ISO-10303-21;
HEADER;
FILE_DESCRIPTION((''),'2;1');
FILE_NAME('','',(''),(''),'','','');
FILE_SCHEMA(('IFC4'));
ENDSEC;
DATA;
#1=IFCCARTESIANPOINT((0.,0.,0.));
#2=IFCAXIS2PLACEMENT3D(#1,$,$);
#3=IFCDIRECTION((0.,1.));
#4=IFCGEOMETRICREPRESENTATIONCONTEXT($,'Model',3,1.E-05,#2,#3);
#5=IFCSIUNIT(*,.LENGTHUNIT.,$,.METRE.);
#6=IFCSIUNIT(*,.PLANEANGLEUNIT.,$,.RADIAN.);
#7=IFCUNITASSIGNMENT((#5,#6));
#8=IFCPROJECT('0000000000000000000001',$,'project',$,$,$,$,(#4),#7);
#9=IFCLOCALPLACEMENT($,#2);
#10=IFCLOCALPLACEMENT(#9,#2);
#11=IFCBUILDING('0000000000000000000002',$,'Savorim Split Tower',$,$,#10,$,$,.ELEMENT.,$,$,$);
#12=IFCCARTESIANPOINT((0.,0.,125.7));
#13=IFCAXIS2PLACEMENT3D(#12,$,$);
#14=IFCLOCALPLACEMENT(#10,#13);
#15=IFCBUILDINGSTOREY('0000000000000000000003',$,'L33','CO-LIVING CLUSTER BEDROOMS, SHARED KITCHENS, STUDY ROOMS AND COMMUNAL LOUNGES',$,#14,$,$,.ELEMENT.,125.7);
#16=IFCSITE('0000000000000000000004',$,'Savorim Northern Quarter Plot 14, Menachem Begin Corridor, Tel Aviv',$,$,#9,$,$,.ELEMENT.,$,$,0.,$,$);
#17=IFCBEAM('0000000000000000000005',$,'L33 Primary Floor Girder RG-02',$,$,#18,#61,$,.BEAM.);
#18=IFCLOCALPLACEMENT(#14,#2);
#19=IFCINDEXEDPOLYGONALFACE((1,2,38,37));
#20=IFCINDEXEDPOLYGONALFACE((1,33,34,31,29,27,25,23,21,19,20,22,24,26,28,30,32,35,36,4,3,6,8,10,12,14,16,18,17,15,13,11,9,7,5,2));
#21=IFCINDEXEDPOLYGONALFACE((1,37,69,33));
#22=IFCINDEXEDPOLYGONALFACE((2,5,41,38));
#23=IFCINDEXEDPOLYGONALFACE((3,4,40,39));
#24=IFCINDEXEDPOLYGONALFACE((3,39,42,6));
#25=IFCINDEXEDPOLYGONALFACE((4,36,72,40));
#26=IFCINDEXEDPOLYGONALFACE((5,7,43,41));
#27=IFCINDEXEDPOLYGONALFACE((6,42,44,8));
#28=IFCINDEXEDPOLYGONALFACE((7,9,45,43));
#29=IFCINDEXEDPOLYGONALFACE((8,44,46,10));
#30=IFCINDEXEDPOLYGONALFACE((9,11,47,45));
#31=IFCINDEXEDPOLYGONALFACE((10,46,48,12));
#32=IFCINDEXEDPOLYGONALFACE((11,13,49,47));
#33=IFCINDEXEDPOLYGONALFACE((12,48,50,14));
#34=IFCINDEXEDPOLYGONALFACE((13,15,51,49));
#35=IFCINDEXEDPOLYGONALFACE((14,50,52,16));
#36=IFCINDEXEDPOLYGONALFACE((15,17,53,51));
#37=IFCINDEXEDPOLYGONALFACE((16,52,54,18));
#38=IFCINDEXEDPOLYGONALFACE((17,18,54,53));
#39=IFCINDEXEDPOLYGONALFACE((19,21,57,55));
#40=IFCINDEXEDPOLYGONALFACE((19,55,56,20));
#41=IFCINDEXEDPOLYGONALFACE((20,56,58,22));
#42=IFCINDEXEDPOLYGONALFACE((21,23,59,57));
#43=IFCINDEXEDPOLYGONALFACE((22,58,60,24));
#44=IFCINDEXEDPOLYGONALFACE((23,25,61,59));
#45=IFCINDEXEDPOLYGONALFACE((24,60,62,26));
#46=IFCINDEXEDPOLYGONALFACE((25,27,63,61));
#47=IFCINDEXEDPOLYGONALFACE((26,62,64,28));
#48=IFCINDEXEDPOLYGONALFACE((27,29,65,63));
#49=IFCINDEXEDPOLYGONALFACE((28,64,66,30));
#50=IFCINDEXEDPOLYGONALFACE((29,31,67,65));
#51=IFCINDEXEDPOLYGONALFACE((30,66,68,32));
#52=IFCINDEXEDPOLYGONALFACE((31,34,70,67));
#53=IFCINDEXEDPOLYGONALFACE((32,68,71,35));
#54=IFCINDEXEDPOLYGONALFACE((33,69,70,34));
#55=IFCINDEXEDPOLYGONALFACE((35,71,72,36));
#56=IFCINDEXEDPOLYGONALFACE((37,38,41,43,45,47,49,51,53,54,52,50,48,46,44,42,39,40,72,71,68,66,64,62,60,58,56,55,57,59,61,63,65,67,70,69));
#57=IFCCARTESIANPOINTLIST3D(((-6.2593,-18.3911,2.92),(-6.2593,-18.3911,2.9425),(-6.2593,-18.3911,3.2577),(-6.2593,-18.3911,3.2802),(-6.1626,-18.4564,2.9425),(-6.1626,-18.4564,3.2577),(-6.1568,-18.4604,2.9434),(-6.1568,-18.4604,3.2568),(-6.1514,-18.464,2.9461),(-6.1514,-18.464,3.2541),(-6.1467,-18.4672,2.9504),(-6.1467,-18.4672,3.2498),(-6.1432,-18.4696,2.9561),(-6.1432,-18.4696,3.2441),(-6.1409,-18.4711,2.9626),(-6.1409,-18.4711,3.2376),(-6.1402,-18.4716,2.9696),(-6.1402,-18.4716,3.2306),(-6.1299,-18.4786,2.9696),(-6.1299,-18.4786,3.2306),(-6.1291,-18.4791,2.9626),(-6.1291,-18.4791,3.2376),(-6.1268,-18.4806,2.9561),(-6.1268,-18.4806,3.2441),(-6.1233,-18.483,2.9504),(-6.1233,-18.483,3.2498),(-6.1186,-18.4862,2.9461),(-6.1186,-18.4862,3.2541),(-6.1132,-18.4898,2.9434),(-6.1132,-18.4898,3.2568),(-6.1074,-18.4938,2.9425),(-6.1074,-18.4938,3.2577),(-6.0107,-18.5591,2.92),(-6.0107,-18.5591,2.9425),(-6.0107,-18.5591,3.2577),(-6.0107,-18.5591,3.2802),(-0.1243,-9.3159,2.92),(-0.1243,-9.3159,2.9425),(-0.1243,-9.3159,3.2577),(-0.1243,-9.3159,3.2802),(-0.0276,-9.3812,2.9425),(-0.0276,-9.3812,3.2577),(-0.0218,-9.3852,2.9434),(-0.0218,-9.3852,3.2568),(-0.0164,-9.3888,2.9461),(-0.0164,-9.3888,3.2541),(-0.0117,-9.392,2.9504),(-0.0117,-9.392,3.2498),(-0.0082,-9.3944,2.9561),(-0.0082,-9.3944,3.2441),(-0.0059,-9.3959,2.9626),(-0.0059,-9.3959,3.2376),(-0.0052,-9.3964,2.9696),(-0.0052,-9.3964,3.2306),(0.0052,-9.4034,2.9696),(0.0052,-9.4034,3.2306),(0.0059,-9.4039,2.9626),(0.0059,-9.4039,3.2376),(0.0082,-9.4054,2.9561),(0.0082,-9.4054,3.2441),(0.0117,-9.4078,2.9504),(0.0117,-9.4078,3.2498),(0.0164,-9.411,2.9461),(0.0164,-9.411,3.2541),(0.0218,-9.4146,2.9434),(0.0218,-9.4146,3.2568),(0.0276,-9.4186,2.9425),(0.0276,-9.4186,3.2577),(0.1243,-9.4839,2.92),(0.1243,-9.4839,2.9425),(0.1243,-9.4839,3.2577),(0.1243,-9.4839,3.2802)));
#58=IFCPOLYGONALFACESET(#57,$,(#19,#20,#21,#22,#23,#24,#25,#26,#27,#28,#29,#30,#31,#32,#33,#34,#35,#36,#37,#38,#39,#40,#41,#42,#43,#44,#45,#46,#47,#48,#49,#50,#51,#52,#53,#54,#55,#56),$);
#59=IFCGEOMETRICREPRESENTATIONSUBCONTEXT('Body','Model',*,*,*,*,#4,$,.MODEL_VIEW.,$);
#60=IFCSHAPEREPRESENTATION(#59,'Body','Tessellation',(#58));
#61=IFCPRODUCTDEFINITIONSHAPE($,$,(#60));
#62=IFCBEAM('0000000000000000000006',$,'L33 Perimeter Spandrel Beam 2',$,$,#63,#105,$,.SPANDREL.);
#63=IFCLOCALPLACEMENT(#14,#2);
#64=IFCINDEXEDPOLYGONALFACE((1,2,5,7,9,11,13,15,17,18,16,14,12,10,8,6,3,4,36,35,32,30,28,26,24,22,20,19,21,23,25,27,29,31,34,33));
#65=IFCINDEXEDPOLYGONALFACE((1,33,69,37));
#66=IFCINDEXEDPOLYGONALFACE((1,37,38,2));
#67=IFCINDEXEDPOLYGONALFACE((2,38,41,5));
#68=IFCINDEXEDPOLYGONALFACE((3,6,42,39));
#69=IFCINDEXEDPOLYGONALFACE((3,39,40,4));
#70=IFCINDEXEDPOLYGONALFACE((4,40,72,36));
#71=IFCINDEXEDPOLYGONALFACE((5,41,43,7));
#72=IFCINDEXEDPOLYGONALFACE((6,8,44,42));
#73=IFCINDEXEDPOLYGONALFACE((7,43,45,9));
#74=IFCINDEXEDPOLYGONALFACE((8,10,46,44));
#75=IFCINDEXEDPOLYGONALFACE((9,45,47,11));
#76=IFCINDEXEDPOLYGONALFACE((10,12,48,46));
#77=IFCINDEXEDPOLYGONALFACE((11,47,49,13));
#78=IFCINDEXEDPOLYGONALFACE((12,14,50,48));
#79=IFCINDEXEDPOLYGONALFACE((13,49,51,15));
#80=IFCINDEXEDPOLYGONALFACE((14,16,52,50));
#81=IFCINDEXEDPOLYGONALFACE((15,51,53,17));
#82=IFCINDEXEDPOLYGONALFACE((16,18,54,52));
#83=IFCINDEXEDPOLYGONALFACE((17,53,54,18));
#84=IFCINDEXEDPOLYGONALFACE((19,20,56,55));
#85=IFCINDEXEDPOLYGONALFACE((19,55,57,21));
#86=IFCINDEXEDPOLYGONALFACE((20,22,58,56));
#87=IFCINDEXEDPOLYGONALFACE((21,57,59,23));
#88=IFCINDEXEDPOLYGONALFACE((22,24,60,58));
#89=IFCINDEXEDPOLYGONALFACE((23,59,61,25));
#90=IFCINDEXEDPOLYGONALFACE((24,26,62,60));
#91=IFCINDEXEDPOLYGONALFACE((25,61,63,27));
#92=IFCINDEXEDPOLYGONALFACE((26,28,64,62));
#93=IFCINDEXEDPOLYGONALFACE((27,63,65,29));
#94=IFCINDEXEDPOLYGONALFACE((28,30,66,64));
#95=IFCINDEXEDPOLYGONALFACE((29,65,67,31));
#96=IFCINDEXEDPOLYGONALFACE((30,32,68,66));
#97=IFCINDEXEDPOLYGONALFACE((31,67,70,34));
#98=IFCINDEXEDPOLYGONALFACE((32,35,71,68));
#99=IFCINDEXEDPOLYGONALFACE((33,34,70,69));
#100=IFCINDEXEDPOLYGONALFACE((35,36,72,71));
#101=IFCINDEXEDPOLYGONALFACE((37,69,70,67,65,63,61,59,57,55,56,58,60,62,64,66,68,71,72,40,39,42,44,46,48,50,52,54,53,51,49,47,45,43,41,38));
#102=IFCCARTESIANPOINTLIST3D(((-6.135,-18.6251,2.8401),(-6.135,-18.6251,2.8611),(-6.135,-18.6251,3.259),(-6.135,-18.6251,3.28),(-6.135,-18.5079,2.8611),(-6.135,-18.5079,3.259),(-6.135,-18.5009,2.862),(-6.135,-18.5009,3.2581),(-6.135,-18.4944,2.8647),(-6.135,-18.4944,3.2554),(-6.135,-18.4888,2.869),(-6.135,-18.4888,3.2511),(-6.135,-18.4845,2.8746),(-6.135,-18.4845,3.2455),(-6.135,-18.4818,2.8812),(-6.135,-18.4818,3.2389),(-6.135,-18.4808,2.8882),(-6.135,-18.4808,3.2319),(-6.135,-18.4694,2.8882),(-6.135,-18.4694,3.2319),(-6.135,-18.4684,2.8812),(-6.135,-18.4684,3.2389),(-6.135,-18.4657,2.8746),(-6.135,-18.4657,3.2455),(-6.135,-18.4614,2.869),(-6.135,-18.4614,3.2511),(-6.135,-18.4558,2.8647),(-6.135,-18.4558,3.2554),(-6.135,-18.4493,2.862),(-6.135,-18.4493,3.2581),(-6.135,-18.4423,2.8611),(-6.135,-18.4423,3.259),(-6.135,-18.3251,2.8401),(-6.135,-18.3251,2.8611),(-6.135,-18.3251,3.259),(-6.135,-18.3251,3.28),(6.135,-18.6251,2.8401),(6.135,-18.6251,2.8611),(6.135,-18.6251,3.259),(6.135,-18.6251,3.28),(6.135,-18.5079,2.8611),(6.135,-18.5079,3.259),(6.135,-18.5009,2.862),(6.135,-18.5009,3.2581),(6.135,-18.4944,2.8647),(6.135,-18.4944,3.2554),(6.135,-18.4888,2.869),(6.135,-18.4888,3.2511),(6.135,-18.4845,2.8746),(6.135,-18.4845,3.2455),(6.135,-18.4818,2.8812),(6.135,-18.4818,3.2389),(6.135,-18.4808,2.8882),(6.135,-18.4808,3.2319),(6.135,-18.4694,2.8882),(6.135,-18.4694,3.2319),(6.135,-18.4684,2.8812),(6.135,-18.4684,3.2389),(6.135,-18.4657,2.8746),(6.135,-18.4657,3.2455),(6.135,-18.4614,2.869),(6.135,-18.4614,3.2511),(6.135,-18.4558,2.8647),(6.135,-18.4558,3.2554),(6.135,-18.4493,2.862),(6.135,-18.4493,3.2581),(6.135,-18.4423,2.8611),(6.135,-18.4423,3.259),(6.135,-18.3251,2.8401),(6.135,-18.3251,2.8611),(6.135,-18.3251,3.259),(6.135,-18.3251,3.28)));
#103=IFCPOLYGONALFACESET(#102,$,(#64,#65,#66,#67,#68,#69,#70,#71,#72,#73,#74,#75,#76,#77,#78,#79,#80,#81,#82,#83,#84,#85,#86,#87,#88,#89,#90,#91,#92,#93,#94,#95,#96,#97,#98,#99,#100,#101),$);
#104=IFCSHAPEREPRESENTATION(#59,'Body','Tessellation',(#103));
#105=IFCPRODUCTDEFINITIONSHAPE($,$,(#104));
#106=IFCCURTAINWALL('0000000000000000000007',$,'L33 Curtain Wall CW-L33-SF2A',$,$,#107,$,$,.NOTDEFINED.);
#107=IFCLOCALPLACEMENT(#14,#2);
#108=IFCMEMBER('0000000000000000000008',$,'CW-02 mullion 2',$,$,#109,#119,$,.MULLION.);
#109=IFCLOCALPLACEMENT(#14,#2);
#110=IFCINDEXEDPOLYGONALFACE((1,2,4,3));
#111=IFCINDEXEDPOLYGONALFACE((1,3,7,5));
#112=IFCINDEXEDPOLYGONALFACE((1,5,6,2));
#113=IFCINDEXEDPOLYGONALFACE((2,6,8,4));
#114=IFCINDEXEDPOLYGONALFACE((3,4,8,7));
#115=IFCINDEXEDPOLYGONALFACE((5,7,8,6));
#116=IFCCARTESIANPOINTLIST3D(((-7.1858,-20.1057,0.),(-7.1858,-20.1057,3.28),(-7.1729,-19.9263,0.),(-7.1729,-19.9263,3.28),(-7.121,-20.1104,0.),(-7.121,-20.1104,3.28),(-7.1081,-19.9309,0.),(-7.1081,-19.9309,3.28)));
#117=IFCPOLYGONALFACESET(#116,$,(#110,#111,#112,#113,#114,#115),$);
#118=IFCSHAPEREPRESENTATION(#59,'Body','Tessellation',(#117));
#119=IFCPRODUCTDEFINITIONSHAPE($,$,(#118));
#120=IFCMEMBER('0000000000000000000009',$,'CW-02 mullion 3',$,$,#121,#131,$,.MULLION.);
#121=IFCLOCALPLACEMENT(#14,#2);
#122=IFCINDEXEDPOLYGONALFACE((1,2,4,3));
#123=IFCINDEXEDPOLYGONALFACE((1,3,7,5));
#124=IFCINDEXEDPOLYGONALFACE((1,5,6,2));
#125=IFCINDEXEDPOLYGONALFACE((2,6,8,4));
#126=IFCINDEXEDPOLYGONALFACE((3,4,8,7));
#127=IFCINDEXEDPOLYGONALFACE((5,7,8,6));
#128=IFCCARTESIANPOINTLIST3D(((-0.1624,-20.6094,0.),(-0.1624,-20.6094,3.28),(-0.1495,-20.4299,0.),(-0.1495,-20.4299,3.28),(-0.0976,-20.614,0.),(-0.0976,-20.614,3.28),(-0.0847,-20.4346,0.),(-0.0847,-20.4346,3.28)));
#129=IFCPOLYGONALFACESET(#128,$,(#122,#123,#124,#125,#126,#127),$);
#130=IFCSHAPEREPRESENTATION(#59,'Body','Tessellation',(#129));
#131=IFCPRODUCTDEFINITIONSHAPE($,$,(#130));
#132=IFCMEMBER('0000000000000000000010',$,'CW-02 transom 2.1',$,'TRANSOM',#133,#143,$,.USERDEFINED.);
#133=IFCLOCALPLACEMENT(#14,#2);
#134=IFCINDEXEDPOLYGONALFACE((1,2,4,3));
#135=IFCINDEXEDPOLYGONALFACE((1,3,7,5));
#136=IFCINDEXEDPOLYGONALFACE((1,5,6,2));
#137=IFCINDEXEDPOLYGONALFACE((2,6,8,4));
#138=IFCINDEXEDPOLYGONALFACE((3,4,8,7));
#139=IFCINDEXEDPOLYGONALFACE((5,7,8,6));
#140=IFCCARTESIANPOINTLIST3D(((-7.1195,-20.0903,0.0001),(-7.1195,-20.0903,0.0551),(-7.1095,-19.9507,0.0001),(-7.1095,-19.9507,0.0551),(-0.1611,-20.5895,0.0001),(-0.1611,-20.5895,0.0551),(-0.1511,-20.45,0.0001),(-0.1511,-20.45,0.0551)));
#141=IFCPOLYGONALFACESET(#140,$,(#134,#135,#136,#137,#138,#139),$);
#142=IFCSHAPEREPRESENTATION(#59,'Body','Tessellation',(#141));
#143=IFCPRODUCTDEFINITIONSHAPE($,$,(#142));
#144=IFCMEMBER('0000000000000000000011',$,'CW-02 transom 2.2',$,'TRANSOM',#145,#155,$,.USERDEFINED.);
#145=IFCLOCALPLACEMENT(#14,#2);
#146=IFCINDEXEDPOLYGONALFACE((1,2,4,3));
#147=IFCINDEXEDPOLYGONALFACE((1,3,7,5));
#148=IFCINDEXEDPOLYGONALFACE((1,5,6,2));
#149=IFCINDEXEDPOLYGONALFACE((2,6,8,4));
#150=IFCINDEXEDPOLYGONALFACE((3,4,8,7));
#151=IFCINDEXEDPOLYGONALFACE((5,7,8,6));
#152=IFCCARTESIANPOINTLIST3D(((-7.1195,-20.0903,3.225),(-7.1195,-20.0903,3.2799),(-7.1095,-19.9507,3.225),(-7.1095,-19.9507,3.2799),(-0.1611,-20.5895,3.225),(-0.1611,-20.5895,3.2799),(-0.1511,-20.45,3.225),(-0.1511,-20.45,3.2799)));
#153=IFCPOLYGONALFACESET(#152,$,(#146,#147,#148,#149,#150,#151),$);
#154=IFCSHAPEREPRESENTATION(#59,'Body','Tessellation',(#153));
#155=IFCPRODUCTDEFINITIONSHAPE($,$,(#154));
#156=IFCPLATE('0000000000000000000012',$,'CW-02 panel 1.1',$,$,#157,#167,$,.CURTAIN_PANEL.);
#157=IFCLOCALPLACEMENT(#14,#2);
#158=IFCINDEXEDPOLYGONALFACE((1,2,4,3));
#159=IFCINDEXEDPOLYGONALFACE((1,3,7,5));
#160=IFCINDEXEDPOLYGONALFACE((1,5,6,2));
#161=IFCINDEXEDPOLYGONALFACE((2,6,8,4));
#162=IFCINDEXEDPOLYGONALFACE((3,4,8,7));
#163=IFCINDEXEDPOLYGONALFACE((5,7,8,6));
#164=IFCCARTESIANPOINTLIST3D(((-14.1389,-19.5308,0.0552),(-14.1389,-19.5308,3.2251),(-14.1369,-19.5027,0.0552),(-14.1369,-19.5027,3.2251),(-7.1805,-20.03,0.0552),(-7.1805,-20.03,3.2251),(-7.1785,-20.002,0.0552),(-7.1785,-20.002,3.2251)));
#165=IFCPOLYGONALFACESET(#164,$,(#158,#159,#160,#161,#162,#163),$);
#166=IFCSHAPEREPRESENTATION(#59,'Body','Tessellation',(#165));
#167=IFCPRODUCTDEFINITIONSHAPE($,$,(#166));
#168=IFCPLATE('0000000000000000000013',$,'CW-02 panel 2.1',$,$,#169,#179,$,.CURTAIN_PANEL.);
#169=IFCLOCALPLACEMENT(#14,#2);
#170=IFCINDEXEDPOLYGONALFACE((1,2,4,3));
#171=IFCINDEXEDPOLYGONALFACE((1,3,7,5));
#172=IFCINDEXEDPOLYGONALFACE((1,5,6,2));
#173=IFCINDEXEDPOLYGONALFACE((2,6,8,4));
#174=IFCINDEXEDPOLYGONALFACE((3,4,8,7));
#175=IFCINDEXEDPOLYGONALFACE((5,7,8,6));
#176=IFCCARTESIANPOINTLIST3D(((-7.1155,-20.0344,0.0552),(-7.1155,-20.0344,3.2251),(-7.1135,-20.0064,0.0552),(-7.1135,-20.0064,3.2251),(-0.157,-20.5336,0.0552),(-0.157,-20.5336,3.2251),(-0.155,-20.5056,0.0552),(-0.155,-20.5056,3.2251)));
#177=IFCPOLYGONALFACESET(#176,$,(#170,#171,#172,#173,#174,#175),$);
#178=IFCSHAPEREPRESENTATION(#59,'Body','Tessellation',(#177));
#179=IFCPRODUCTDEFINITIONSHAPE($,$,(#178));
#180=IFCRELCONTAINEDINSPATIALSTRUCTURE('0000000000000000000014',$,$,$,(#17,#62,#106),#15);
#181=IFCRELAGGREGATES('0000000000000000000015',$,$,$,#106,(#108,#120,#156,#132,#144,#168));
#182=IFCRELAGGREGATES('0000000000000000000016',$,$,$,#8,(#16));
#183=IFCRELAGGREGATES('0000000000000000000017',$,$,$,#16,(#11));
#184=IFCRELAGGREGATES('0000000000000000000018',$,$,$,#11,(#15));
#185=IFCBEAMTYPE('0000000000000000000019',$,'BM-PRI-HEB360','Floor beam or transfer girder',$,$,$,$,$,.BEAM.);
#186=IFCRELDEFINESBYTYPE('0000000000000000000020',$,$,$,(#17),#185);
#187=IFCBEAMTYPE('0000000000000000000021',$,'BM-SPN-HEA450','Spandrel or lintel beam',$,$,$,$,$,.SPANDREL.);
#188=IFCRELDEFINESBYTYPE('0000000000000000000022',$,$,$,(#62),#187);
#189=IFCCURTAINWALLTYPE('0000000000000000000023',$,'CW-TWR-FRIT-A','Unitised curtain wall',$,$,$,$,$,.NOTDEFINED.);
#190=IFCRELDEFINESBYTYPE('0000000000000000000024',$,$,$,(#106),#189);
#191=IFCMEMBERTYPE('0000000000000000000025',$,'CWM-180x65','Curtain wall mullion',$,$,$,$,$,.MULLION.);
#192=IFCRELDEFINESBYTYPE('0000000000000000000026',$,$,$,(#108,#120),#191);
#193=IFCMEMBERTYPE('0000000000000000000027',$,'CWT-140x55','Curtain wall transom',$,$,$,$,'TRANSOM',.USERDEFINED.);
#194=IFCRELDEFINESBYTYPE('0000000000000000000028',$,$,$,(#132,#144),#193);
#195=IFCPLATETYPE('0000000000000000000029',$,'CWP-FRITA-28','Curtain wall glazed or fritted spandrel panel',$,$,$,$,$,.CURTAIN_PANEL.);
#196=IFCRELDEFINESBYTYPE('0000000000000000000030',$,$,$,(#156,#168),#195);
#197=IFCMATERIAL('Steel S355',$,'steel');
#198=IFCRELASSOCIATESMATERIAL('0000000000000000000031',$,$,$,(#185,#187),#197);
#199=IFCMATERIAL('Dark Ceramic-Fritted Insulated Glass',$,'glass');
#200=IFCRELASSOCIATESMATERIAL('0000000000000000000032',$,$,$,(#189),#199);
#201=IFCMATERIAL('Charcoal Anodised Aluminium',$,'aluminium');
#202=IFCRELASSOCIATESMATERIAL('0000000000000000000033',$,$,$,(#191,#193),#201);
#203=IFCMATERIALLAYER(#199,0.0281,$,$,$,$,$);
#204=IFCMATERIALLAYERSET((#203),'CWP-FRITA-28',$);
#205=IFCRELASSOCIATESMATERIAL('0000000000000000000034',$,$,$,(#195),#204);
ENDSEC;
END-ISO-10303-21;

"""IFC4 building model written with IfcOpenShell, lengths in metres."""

from ifc_helpers import new_model, si_unit, direction, frame, origin, origin_2d, place, context, subcontext, project, spatial, rectangle, i_section, extrude, material, layer, layer_set, material_profile, profile_set, type_object, element, aggregate, save


model = new_model("IFC4")

# Units and contexts
model_context = context("Model", 3, precision=1e-05, world=origin(), true_north=direction((0.0, 1.0)))
body_context = subcontext(model_context, "Body", "Model", "MODEL_VIEW")
ifc_project = project(units=[si_unit("LENGTHUNIT", "METRE"), si_unit("PLANEANGLEUNIT", "RADIAN")], contexts=[model_context])

# Site, building, storey
site_placement = place(None, origin())
site = spatial("IfcSite", under=ifc_project, at=site_placement, Name="Savorim Northern Quarter Plot 14, Menachem Begin Corridor, Tel Aviv", CompositionType="ELEMENT", RefElevation=0.0)
building_placement = place(site_placement, origin())
building = spatial("IfcBuilding", under=site, at=building_placement, Name="Savorim Split Tower", CompositionType="ELEMENT")
storey_placement = place(building_placement, frame((0.0, 0.0, 125.7)))
storey = spatial("IfcBuildingStorey", under=building, at=storey_placement, Name="L33", Description="CO-LIVING CLUSTER BEDROOMS, SHARED KITCHENS, STUDY ROOMS AND COMMUNAL LOUNGES", CompositionType="ELEMENT", Elevation=125.7)

# Beams
ifc_material_1 = material(Name="Steel S355", Category="steel")
ifc_material_profile_1 = material_profile(ifc_material_1, i_section(OverallWidth=0.3, OverallDepth=0.3601, WebThickness=0.0125, FlangeThickness=0.0225, FilletRadius=0.0271, at=origin_2d()), Name="HEB 360")
ifc_profile_set_1 = profile_set([ifc_material_profile_1], Name="Steel S355")
beam_type_1 = type_object("IfcBeamType", Name="BM-PRI-HEB360", Description="Floor beam or transfer girder", PredefinedType="BEAM", material=ifc_profile_set_1)
beam_1_placement = place(storey_placement, frame((-6.135, -18.4751, 3.1001), z_axis=(0.560053, 0.828457, 0.0), x_axis=(-0.828457, 0.560053, 0.0)))
element("IfcBeam", 1, at=beam_1_placement, inside=storey, type_object=beam_type_1, Name="L33 Primary Floor Girder RG-02", PredefinedType="BEAM", context=body_context, shape_type="SweptSolid", body=[
    extrude(i_section(OverallWidth=0.3, OverallDepth=0.3601, WebThickness=0.0125, FlangeThickness=0.0225, FilletRadius=0.0271, at=origin_2d()), origin(), (0.0, 0.0, 1.0), 10.9543),
])
ifc_material_profile_2 = material_profile(ifc_material_1, i_section(OverallWidth=0.3, OverallDepth=0.4399, WebThickness=0.0115, FlangeThickness=0.021, FilletRadius=0.0271, at=origin_2d()), Name="HEA 450")
ifc_profile_set_2 = profile_set([ifc_material_profile_2], Name="Steel S355")
beam_type_2 = type_object("IfcBeamType", Name="BM-SPN-HEA450", Description="Spandrel or lintel beam", PredefinedType="SPANDREL", material=ifc_profile_set_2)
beam_2_placement = place(storey_placement, frame((-6.135, -18.4751, 3.0601), z_axis=(1.0, 0.0, 0.0), x_axis=(0.0, 1.0, 0.0)))
element("IfcBeam", 2, at=beam_2_placement, inside=storey, type_object=beam_type_2, Name="L33 Perimeter Spandrel Beam 2", PredefinedType="SPANDREL", context=body_context, shape_type="SweptSolid", body=[
    extrude(i_section(OverallWidth=0.3, OverallDepth=0.4399, WebThickness=0.0115, FlangeThickness=0.021, FilletRadius=0.0271, at=origin_2d()), origin(), (0.0, 0.0, 1.0), 12.27),
])

# Curtain wall, members, plates
ifc_material_2 = material(Name="Dark Ceramic-Fritted Insulated Glass", Category="glass")
curtain_wall_type = type_object("IfcCurtainWallType", Name="CW-TWR-FRIT-A", Description="Unitised curtain wall", PredefinedType="NOTDEFINED", material=ifc_material_2)
curtain_wall_placement = place(storey_placement, origin())
curtain_wall = element("IfcCurtainWall", 3, at=curtain_wall_placement, inside=storey, type_object=curtain_wall_type, Name="L33 Curtain Wall CW-L33-SF2A", PredefinedType="NOTDEFINED")
ifc_material_3 = material(Name="Charcoal Anodised Aluminium", Category="aluminium")
ifc_material_profile_3 = material_profile(ifc_material_3, rectangle(XDim=0.1799, YDim=0.0649, at=origin_2d()), Name="ALU-M 180x65")
ifc_profile_set_3 = profile_set([ifc_material_profile_3], Name="Charcoal Anodised Aluminium")
member_type_1 = type_object("IfcMemberType", Name="CWM-180x65", Description="Curtain wall mullion", PredefinedType="MULLION", material=ifc_profile_set_3)
member_1_placement = place(storey_placement, frame((-7.147, -20.0183, 0.0), z_axis=(0.0, 0.0, 1.0), x_axis=(0.071559, 0.997436, 0.0)))
member_1 = element("IfcMember", 4, at=member_1_placement, type_object=member_type_1, Name="CW-02 mullion 2", PredefinedType="MULLION", context=body_context, shape_type="SweptSolid", body=[
    extrude(rectangle(XDim=0.1799, YDim=0.0649, at=origin_2d()), origin(), (0.0, 0.0, 1.0), 3.28),
])
member_2_placement = place(storey_placement, frame((-0.1235, -20.522, 0.0), z_axis=(0.0, 0.0, 1.0), x_axis=(0.071559, 0.997436, 0.0)))
member_2 = element("IfcMember", 5, at=member_2_placement, type_object=member_type_1, Name="CW-02 mullion 3", PredefinedType="MULLION", context=body_context, shape_type="SweptSolid", body=[
    extrude(rectangle(XDim=0.1799, YDim=0.0649, at=origin_2d()), origin(), (0.0, 0.0, 1.0), 3.28),
])
ifc_material_profile_4 = material_profile(ifc_material_3, rectangle(XDim=0.1399, YDim=0.0549, at=origin_2d()), Name="ALU-T 140x55")
ifc_profile_set_4 = profile_set([ifc_material_profile_4], Name="Charcoal Anodised Aluminium")
member_type_2 = type_object("IfcMemberType", Name="CWT-140x55", Description="Curtain wall transom", ElementType="TRANSOM", PredefinedType="USERDEFINED", material=ifc_profile_set_4)
member_3_placement = place(storey_placement, frame((-7.1145, -20.0205, 0.0276), z_axis=(0.997436, -0.071565, 0.0), x_axis=(0.071565, 0.997436, 0.0)))
member_3 = element("IfcMember", 6, at=member_3_placement, type_object=member_type_2, Name="CW-02 transom 2.1", ObjectType="TRANSOM", PredefinedType="USERDEFINED", context=body_context, shape_type="SweptSolid", body=[
    extrude(rectangle(XDim=0.1399, YDim=0.0549, at=origin_2d()), origin(), (0.0, 0.0, 1.0), 6.9763),
])
member_4_placement = place(storey_placement, frame((-7.1145, -20.0205, 3.2524), z_axis=(0.997436, -0.071565, 0.0), x_axis=(0.071565, 0.997436, 0.0)))
member_4 = element("IfcMember", 7, at=member_4_placement, type_object=member_type_2, Name="CW-02 transom 2.2", ObjectType="TRANSOM", PredefinedType="USERDEFINED", context=body_context, shape_type="SweptSolid", body=[
    extrude(rectangle(XDim=0.1399, YDim=0.0549, at=origin_2d()), origin(), (0.0, 0.0, 1.0), 6.9763),
])
ifc_layer_1 = layer(ifc_material_2, 0.0281)
ifc_layer_set_1 = layer_set([ifc_layer_1], Name="CWP-FRITA-28")
plate_type = type_object("IfcPlateType", Name="CWP-FRITA-28", Description="Curtain wall glazed or fritted spandrel panel", PredefinedType="CURTAIN_PANEL", material=ifc_layer_set_1)
plate_1_placement = place(storey_placement, frame((-10.6587, -19.7664, 0.0552), z_axis=(0.0, 0.0, 1.0), x_axis=(0.997436, -0.071559, 0.0)))
plate_1 = element("IfcPlate", 8, at=plate_1_placement, type_object=plate_type, Name="CW-02 panel 1.1", PredefinedType="CURTAIN_PANEL", context=body_context, shape_type="SweptSolid", body=[
    extrude(rectangle(XDim=6.9763, YDim=0.0281, at=origin_2d()), origin(), (0.0, 0.0, 1.0), 3.1699),
])
plate_2_placement = place(storey_placement, frame((-3.6353, -20.27, 0.0552), z_axis=(0.0, 0.0, 1.0), x_axis=(0.997436, -0.071559, 0.0)))
plate_2 = element("IfcPlate", 9, at=plate_2_placement, type_object=plate_type, Name="CW-02 panel 2.1", PredefinedType="CURTAIN_PANEL", context=body_context, shape_type="SweptSolid", body=[
    extrude(rectangle(XDim=6.9763, YDim=0.0281, at=origin_2d()), origin(), (0.0, 0.0, 1.0), 3.1699),
])
aggregate(curtain_wall, [member_1, member_2, plate_1, member_3, member_4, plate_2])

save(model, "model.ifc")
